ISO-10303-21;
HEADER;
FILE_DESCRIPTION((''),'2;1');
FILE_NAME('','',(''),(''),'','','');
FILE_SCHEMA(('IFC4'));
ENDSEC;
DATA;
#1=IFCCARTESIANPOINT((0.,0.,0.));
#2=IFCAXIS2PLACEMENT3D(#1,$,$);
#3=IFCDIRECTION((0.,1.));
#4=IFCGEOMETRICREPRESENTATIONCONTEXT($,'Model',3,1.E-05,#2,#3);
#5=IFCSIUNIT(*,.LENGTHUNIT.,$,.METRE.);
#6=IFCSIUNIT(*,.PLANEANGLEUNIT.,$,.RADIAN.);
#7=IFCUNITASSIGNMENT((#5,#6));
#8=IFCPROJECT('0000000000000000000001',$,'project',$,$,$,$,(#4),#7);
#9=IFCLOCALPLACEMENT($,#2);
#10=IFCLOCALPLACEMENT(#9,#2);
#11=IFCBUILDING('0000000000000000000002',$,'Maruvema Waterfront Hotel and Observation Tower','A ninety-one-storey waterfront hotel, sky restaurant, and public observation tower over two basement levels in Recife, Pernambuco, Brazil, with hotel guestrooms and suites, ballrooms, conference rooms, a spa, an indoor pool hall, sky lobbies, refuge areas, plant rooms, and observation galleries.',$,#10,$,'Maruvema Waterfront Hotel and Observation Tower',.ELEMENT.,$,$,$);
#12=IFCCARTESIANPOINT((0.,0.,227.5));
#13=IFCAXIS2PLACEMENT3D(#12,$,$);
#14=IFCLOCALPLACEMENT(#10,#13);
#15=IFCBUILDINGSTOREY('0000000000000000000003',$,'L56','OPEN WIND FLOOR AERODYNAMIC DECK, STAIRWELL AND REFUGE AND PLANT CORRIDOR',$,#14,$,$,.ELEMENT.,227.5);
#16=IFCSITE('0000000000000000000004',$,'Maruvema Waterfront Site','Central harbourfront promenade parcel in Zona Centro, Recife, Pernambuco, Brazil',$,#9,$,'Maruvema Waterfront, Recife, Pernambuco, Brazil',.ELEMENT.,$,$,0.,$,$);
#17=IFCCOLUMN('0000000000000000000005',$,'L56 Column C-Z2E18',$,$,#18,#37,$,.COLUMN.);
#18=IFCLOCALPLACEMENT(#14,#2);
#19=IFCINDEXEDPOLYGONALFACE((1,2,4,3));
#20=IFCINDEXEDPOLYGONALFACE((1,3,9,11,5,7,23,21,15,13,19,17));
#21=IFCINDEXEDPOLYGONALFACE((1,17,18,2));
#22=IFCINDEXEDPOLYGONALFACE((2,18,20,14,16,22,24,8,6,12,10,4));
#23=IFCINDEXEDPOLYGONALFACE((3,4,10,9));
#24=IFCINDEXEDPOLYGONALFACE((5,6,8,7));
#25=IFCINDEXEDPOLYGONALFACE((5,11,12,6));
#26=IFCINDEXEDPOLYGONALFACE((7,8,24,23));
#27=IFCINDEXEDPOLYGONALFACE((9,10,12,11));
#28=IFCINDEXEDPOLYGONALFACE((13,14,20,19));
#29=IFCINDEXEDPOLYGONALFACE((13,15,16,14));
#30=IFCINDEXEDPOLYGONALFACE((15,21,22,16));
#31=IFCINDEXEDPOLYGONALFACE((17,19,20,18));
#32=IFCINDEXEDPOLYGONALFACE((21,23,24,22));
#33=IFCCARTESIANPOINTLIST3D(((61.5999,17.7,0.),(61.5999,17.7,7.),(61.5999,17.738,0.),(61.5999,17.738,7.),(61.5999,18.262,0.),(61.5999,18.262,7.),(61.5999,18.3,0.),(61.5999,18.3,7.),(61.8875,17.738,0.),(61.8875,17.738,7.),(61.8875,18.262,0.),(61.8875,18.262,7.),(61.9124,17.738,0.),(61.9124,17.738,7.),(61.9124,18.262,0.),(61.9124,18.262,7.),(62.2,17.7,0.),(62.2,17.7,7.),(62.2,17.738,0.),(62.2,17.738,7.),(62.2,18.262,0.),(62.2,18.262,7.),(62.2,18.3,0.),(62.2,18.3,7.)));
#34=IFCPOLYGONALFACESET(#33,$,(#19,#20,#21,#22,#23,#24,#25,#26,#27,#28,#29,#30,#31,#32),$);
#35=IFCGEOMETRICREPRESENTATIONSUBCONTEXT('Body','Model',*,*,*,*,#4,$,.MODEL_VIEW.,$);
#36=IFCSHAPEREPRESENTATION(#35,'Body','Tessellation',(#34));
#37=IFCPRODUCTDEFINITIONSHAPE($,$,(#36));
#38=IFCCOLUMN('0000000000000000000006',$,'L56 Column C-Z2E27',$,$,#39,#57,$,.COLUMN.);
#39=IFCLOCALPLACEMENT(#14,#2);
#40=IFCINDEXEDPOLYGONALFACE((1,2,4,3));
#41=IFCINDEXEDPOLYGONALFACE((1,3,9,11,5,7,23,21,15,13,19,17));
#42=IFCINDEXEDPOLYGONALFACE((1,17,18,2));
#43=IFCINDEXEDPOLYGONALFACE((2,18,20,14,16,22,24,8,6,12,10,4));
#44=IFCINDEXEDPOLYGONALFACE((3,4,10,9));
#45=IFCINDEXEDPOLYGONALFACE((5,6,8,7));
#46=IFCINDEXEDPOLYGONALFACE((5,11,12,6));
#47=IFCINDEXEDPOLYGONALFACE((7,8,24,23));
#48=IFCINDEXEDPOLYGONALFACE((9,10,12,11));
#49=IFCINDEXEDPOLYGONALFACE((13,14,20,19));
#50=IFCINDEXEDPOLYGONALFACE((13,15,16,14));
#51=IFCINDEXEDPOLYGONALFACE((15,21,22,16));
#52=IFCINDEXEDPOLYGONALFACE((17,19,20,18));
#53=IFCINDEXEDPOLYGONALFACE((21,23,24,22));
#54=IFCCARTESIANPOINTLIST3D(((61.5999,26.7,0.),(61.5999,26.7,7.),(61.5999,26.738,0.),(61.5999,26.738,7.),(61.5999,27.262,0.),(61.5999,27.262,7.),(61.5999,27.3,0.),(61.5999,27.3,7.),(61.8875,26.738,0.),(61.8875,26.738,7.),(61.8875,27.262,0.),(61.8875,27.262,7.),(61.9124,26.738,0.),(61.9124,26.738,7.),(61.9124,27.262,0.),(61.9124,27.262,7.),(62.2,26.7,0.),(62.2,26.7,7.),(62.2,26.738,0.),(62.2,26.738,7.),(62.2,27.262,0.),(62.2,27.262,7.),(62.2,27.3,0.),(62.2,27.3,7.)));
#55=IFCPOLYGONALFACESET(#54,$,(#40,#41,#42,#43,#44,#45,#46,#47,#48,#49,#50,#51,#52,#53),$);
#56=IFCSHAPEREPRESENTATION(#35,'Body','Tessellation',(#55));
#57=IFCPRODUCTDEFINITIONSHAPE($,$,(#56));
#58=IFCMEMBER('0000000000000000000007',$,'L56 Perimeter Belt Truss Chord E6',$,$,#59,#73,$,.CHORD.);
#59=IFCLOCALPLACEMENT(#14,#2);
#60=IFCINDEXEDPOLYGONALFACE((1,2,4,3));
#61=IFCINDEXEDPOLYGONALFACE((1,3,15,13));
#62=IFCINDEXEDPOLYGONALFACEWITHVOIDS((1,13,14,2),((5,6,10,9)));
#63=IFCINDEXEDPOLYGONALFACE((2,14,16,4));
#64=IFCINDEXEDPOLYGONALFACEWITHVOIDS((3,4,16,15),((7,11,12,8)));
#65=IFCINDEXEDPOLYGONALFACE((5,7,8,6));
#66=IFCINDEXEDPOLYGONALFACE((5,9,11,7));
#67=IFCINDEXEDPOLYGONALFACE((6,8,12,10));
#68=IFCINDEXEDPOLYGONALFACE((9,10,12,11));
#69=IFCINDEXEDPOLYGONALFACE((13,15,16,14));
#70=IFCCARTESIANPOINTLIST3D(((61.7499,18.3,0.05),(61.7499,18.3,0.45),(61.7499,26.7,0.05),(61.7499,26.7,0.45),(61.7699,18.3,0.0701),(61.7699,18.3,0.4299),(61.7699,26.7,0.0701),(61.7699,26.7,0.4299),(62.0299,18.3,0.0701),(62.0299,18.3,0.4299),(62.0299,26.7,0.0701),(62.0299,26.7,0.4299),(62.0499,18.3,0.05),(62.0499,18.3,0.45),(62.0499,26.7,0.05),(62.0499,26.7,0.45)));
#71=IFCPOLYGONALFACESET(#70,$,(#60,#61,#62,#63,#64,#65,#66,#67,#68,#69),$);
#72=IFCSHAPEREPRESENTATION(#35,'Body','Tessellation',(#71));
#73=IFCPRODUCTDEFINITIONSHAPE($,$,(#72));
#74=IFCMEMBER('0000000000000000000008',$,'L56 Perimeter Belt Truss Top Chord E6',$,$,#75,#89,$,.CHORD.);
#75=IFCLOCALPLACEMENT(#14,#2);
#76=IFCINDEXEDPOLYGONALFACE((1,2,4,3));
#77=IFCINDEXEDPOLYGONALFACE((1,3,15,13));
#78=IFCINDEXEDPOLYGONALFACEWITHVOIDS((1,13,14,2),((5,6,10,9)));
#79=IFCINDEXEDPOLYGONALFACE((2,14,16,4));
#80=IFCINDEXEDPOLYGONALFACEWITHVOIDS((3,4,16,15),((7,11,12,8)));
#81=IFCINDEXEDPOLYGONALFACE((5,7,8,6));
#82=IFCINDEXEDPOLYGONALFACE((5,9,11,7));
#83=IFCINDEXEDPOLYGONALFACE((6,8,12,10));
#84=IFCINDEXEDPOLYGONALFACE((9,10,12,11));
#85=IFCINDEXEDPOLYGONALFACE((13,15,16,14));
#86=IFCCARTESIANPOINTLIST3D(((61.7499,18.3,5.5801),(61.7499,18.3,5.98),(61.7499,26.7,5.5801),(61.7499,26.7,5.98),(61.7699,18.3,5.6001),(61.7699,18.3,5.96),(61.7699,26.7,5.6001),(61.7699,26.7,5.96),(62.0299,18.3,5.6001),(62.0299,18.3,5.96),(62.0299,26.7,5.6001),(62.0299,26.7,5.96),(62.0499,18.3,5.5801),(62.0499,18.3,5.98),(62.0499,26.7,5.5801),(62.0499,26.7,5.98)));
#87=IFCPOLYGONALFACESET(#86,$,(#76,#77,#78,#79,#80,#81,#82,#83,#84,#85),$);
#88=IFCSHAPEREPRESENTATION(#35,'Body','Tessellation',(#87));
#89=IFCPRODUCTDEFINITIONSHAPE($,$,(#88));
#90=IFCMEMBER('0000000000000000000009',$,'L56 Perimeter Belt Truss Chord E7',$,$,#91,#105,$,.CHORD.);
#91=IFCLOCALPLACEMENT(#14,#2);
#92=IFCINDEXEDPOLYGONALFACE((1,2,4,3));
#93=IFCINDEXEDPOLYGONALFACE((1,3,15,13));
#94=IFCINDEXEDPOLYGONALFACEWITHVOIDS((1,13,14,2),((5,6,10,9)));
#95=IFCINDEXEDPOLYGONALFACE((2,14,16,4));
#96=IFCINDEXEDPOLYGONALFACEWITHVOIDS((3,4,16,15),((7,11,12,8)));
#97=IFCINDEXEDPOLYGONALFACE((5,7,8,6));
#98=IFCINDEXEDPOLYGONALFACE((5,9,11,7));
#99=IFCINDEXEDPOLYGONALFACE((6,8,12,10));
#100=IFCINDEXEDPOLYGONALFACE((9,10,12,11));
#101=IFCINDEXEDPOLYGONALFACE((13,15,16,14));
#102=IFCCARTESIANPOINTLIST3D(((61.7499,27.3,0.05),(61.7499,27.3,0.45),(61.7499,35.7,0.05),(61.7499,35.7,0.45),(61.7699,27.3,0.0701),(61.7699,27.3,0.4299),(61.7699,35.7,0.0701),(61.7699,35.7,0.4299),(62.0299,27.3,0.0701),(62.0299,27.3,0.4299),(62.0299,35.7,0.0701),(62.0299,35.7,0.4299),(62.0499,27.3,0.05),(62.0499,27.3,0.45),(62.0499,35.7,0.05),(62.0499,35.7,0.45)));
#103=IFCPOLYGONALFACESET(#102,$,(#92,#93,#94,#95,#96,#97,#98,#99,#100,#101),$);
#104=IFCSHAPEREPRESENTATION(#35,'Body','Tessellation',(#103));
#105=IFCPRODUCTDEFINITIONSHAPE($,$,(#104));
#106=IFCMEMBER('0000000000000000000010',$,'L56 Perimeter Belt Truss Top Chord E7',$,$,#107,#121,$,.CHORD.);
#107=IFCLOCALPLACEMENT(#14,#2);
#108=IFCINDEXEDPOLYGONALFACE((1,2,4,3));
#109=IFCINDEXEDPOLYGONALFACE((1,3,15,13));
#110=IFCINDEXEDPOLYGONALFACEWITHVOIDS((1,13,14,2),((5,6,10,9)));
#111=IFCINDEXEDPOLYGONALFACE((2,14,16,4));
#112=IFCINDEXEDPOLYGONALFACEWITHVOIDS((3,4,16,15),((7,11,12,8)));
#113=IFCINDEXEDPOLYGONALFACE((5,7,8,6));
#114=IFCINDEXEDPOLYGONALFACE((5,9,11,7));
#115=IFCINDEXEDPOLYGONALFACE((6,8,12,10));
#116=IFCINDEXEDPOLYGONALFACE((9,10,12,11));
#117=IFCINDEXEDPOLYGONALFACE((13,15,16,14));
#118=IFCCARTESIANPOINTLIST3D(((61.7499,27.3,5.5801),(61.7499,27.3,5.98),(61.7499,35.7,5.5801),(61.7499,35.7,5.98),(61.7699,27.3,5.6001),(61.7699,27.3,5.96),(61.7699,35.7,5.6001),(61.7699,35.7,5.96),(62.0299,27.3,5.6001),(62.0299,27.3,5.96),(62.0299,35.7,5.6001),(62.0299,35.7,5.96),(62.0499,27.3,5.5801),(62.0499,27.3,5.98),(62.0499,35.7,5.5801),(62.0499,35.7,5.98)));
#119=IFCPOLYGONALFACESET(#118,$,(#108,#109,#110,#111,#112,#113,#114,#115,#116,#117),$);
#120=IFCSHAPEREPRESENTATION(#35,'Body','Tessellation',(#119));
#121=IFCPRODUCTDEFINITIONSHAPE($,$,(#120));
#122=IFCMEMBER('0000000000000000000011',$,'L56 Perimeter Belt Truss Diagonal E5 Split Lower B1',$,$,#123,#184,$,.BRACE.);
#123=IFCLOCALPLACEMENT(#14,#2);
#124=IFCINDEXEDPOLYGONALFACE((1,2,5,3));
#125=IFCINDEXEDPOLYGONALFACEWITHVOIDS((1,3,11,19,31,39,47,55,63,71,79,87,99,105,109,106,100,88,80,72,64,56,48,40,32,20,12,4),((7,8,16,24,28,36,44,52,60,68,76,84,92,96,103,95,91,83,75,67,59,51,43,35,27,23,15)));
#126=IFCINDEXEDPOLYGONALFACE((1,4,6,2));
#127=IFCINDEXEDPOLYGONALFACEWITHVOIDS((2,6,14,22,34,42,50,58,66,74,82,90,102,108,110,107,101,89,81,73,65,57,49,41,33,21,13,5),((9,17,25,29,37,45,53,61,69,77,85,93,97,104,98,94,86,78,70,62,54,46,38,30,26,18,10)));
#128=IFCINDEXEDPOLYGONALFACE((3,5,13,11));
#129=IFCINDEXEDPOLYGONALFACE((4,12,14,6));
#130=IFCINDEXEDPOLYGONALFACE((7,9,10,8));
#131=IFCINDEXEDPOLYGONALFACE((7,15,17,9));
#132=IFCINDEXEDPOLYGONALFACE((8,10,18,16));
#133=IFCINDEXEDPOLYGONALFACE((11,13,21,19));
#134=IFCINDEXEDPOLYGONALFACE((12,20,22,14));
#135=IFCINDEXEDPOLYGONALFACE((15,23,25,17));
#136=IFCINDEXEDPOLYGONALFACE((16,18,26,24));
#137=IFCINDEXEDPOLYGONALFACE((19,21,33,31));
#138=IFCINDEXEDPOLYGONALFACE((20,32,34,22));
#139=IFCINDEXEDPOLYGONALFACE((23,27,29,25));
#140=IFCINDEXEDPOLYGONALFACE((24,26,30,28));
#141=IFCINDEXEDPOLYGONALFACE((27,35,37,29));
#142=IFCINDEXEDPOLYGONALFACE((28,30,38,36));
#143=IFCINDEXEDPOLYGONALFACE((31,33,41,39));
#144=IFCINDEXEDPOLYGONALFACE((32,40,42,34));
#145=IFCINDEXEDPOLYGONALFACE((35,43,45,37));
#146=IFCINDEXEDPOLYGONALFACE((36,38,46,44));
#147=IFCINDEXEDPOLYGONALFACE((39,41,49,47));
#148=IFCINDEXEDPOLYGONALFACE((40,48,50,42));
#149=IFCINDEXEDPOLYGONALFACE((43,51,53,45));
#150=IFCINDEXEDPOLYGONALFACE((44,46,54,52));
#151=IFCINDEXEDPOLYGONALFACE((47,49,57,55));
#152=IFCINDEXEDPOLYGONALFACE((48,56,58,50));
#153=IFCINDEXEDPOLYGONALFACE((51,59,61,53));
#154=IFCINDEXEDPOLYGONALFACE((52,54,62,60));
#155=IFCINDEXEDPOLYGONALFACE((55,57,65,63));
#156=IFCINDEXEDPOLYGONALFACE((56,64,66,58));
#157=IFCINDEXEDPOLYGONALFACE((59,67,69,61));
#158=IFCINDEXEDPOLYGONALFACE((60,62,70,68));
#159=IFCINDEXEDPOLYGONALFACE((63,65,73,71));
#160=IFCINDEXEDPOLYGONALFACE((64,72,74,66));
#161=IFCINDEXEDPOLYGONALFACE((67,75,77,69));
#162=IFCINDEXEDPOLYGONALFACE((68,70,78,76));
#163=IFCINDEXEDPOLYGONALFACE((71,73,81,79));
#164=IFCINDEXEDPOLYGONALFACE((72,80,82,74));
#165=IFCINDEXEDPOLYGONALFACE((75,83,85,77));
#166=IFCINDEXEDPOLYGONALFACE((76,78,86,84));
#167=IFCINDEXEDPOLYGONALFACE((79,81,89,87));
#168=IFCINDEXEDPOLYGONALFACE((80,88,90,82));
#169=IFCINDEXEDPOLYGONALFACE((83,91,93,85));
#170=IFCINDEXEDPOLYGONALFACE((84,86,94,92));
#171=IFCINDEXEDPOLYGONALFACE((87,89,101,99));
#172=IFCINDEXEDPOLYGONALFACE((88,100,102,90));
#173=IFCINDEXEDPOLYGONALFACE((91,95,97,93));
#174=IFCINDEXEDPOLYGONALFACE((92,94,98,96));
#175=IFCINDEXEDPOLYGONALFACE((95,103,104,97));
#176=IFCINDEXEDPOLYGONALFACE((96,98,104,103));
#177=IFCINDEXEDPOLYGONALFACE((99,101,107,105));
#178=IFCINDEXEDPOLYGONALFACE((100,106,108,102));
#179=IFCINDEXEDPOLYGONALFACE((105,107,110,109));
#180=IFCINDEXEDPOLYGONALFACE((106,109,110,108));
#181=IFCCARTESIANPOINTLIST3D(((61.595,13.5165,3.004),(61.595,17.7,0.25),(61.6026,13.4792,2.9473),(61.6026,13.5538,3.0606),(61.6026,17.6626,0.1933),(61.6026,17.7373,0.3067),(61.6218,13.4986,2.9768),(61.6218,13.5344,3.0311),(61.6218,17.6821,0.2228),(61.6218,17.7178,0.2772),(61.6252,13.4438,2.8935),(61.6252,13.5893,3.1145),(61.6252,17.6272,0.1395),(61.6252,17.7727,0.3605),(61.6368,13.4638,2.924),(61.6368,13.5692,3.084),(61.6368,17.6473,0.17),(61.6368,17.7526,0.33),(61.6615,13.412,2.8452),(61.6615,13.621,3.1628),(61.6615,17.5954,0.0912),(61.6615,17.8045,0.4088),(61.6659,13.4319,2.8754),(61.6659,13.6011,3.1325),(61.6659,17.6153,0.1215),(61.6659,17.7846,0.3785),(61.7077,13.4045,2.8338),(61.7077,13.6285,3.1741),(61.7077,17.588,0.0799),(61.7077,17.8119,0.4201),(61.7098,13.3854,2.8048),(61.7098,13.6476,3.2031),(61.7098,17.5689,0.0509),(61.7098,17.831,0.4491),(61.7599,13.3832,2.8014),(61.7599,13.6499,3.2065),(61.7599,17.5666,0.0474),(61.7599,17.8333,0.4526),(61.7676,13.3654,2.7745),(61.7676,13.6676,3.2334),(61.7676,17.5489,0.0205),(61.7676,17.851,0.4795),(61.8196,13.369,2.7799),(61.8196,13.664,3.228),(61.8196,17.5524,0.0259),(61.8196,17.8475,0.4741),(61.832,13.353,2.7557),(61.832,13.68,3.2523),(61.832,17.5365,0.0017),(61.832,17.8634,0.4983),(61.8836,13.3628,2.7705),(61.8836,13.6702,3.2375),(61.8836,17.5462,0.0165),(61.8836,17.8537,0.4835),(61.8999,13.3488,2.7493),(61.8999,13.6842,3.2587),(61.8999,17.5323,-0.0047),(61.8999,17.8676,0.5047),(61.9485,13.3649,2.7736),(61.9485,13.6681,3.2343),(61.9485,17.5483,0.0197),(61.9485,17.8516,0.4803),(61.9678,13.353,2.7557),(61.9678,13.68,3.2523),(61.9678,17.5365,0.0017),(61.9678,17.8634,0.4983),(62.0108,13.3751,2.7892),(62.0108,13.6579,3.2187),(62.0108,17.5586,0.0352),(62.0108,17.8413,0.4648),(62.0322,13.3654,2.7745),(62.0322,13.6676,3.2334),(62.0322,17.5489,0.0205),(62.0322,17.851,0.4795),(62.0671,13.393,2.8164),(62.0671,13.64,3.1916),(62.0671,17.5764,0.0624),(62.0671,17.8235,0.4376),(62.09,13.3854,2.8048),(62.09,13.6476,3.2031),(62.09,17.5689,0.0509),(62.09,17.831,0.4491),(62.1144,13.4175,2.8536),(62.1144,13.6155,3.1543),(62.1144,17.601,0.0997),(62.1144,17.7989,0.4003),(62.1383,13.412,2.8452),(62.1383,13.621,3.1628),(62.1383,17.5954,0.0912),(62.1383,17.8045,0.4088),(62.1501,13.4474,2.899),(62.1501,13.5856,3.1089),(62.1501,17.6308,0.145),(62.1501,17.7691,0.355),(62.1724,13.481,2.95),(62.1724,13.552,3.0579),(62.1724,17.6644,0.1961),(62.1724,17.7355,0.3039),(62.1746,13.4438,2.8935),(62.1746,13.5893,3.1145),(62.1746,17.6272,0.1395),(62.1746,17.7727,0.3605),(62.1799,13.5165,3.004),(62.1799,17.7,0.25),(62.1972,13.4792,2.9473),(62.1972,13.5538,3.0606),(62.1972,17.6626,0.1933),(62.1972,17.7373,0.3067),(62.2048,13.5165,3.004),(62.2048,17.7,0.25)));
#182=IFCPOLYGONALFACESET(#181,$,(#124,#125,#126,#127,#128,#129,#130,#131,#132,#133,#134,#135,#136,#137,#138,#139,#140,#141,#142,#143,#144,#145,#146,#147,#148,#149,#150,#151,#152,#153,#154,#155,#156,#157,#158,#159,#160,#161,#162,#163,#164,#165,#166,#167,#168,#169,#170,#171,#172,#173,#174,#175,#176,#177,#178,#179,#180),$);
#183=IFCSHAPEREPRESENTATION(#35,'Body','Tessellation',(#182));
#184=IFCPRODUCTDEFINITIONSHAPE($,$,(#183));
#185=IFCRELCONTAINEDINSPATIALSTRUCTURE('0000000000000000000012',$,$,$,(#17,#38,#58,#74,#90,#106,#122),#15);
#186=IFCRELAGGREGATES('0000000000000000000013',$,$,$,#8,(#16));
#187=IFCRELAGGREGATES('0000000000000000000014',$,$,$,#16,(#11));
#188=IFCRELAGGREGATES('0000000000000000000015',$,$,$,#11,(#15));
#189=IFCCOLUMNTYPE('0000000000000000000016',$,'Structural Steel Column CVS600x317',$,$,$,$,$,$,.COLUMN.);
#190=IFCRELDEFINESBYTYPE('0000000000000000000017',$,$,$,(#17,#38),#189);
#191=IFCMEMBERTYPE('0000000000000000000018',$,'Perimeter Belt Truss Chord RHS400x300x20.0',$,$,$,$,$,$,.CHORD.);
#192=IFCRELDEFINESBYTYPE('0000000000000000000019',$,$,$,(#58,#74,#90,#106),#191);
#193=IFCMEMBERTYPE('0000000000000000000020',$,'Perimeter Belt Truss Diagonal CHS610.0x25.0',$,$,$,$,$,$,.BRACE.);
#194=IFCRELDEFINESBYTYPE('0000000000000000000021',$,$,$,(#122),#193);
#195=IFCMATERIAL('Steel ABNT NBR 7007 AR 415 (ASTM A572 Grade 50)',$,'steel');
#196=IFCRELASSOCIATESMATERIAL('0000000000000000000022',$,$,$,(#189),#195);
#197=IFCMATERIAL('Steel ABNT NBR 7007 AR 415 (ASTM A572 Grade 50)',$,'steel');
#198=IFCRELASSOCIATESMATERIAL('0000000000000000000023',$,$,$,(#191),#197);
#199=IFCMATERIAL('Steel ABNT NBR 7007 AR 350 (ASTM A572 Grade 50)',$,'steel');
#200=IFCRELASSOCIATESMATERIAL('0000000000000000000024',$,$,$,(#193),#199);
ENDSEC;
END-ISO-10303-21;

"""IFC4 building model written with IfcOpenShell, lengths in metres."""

from ifc_helpers import new_model, si_unit, direction, frame, origin, origin_2d, place, context, subcontext, project, spatial, hollow_rectangle, hollow_circle, i_section, extrude, material, material_profile, profile_set, type_object, element, save


model = new_model("IFC4")

# Units and contexts
model_context = context("Model", 3, precision=1e-05, world=origin(), true_north=direction((0.0, 1.0)))
body_context = subcontext(model_context, "Body", "Model", "MODEL_VIEW")
ifc_project = project(units=[si_unit("LENGTHUNIT", "METRE"), si_unit("PLANEANGLEUNIT", "RADIAN")], contexts=[model_context])

# Site, building, storey
site_placement = place(None, origin())
site = spatial("IfcSite", under=ifc_project, at=site_placement, Name="Maruvema Waterfront Site", Description="Central harbourfront promenade parcel in Zona Centro, Recife, Pernambuco, Brazil", LongName="Maruvema Waterfront, Recife, Pernambuco, Brazil", CompositionType="ELEMENT", RefElevation=0.0)
building_placement = place(site_placement, origin())
building = spatial("IfcBuilding", under=site, at=building_placement, Name="Maruvema Waterfront Hotel and Observation Tower", Description="A ninety-one-storey waterfront hotel, sky restaurant, and public observation tower over two basement levels in Recife, Pernambuco, Brazil, with hotel guestrooms and suites, ballrooms, conference rooms, a spa, an indoor pool hall, sky lobbies, refuge areas, plant rooms, and observation galleries.", LongName="Maruvema Waterfront Hotel and Observation Tower", CompositionType="ELEMENT")
storey_placement = place(building_placement, frame((0.0, 0.0, 227.5)))
storey = spatial("IfcBuildingStorey", under=building, at=storey_placement, Name="L56", Description="OPEN WIND FLOOR AERODYNAMIC DECK, STAIRWELL AND REFUGE AND PLANT CORRIDOR", CompositionType="ELEMENT", Elevation=227.5)

# Columns
ifc_material_1 = material(Name="Steel ABNT NBR 7007 AR 415 (ASTM A572 Grade 50)", Category="steel")
ifc_material_profile_1 = material_profile(ifc_material_1, i_section(OverallWidth=0.6001, OverallDepth=0.6001, WebThickness=0.0249, FlangeThickness=0.0381, at=origin_2d()), Name="CVS600x317")
ifc_profile_set_1 = profile_set([ifc_material_profile_1], Name="Steel ABNT NBR 7007 AR 415 (ASTM A572 Grade 50)")
column_type = type_object("IfcColumnType", Name="Structural Steel Column CVS600x317", PredefinedType="COLUMN", material=ifc_profile_set_1)
for number, where, z_axis, x_axis, name in (
    (1, (61.8999, 18.0, 0.0), (0.0, 0.0, 1.0), (1.0, 0.0, 0.0), "L56 Column C-Z2E18"),
    (2, (61.8999, 27.0, 0.0), (0.0, 0.0, 1.0), (1.0, 0.0, 0.0), "L56 Column C-Z2E27"),
):
    element("IfcColumn", number, at=place(storey_placement, frame(where, z_axis=z_axis, x_axis=x_axis)), inside=storey, type_object=column_type, Name=name, PredefinedType="COLUMN", context=body_context, shape_type="SweptSolid", body=[
        extrude(i_section(OverallWidth=0.6001, OverallDepth=0.6001, WebThickness=0.0249, FlangeThickness=0.0381, at=origin_2d()), origin(), (0.0, 0.0, 1.0), 7.0),
    ])

# Members
ifc_material_2 = material(Name="Steel ABNT NBR 7007 AR 415 (ASTM A572 Grade 50)", Category="steel")
ifc_material_profile_2 = material_profile(ifc_material_2, hollow_rectangle(XDim=0.3, YDim=0.3999, WallThickness=0.02, at=origin_2d()), Name="RHS400x300x20.0")
ifc_profile_set_2 = profile_set([ifc_material_profile_2], Name="Steel ABNT NBR 7007 AR 415 (ASTM A572 Grade 50)")
member_type_1 = type_object("IfcMemberType", Name="Perimeter Belt Truss Chord RHS400x300x20.0", PredefinedType="CHORD", material=ifc_profile_set_2)
for number, where, z_axis, x_axis, name in (
    (3, (61.8999, 18.3, 0.25), (0.0, 1.0, 0.0), (-1.0, 0.0, 0.0), "L56 Perimeter Belt Truss Chord E6"),
    (4, (61.8999, 18.3, 5.78), (0.0, 1.0, 0.0), (-1.0, 0.0, 0.0), "L56 Perimeter Belt Truss Top Chord E6"),
    (5, (61.8999, 27.3, 0.25), (0.0, 1.0, 0.0), (-1.0, 0.0, 0.0), "L56 Perimeter Belt Truss Chord E7"),
    (6, (61.8999, 27.3, 5.78), (0.0, 1.0, 0.0), (-1.0, 0.0, 0.0), "L56 Perimeter Belt Truss Top Chord E7"),
):
    element("IfcMember", number, at=place(storey_placement, frame(where, z_axis=z_axis, x_axis=x_axis)), inside=storey, type_object=member_type_1, Name=name, PredefinedType="CHORD", context=body_context, shape_type="SweptSolid", body=[
        extrude(hollow_rectangle(XDim=0.3, YDim=0.3999, WallThickness=0.02, at=origin_2d()), origin(), (0.0, 0.0, 1.0), 8.3999),
    ])
ifc_material_3 = material(Name="Steel ABNT NBR 7007 AR 350 (ASTM A572 Grade 50)", Category="steel")
ifc_material_profile_3 = material_profile(ifc_material_3, hollow_circle(Radius=0.3049, WallThickness=0.0249, at=origin_2d()), Name="CHS610.0x25.0")
ifc_profile_set_3 = profile_set([ifc_material_profile_3], Name="Steel ABNT NBR 7007 AR 350 (ASTM A572 Grade 50)")
member_type_2 = type_object("IfcMemberType", Name="Perimeter Belt Truss Diagonal CHS610.0x25.0", PredefinedType="BRACE", material=ifc_profile_set_3)
member_1_placement = place(storey_placement, frame((61.8999, 17.7, 0.25), z_axis=(0.0, -0.835261, 0.549854), x_axis=(1.0, 0.0, 0.0)))
element("IfcMember", 7, at=member_1_placement, inside=storey, type_object=member_type_2, Name="L56 Perimeter Belt Truss Diagonal E5 Split Lower B1", PredefinedType="BRACE", context=body_context, shape_type="SweptSolid", body=[
    extrude(hollow_circle(Radius=0.3049, WallThickness=0.0249, at=origin_2d()), origin(), (0.0, 0.0, 1.0), 5.0085),
])

save(model, "model.ifc")
